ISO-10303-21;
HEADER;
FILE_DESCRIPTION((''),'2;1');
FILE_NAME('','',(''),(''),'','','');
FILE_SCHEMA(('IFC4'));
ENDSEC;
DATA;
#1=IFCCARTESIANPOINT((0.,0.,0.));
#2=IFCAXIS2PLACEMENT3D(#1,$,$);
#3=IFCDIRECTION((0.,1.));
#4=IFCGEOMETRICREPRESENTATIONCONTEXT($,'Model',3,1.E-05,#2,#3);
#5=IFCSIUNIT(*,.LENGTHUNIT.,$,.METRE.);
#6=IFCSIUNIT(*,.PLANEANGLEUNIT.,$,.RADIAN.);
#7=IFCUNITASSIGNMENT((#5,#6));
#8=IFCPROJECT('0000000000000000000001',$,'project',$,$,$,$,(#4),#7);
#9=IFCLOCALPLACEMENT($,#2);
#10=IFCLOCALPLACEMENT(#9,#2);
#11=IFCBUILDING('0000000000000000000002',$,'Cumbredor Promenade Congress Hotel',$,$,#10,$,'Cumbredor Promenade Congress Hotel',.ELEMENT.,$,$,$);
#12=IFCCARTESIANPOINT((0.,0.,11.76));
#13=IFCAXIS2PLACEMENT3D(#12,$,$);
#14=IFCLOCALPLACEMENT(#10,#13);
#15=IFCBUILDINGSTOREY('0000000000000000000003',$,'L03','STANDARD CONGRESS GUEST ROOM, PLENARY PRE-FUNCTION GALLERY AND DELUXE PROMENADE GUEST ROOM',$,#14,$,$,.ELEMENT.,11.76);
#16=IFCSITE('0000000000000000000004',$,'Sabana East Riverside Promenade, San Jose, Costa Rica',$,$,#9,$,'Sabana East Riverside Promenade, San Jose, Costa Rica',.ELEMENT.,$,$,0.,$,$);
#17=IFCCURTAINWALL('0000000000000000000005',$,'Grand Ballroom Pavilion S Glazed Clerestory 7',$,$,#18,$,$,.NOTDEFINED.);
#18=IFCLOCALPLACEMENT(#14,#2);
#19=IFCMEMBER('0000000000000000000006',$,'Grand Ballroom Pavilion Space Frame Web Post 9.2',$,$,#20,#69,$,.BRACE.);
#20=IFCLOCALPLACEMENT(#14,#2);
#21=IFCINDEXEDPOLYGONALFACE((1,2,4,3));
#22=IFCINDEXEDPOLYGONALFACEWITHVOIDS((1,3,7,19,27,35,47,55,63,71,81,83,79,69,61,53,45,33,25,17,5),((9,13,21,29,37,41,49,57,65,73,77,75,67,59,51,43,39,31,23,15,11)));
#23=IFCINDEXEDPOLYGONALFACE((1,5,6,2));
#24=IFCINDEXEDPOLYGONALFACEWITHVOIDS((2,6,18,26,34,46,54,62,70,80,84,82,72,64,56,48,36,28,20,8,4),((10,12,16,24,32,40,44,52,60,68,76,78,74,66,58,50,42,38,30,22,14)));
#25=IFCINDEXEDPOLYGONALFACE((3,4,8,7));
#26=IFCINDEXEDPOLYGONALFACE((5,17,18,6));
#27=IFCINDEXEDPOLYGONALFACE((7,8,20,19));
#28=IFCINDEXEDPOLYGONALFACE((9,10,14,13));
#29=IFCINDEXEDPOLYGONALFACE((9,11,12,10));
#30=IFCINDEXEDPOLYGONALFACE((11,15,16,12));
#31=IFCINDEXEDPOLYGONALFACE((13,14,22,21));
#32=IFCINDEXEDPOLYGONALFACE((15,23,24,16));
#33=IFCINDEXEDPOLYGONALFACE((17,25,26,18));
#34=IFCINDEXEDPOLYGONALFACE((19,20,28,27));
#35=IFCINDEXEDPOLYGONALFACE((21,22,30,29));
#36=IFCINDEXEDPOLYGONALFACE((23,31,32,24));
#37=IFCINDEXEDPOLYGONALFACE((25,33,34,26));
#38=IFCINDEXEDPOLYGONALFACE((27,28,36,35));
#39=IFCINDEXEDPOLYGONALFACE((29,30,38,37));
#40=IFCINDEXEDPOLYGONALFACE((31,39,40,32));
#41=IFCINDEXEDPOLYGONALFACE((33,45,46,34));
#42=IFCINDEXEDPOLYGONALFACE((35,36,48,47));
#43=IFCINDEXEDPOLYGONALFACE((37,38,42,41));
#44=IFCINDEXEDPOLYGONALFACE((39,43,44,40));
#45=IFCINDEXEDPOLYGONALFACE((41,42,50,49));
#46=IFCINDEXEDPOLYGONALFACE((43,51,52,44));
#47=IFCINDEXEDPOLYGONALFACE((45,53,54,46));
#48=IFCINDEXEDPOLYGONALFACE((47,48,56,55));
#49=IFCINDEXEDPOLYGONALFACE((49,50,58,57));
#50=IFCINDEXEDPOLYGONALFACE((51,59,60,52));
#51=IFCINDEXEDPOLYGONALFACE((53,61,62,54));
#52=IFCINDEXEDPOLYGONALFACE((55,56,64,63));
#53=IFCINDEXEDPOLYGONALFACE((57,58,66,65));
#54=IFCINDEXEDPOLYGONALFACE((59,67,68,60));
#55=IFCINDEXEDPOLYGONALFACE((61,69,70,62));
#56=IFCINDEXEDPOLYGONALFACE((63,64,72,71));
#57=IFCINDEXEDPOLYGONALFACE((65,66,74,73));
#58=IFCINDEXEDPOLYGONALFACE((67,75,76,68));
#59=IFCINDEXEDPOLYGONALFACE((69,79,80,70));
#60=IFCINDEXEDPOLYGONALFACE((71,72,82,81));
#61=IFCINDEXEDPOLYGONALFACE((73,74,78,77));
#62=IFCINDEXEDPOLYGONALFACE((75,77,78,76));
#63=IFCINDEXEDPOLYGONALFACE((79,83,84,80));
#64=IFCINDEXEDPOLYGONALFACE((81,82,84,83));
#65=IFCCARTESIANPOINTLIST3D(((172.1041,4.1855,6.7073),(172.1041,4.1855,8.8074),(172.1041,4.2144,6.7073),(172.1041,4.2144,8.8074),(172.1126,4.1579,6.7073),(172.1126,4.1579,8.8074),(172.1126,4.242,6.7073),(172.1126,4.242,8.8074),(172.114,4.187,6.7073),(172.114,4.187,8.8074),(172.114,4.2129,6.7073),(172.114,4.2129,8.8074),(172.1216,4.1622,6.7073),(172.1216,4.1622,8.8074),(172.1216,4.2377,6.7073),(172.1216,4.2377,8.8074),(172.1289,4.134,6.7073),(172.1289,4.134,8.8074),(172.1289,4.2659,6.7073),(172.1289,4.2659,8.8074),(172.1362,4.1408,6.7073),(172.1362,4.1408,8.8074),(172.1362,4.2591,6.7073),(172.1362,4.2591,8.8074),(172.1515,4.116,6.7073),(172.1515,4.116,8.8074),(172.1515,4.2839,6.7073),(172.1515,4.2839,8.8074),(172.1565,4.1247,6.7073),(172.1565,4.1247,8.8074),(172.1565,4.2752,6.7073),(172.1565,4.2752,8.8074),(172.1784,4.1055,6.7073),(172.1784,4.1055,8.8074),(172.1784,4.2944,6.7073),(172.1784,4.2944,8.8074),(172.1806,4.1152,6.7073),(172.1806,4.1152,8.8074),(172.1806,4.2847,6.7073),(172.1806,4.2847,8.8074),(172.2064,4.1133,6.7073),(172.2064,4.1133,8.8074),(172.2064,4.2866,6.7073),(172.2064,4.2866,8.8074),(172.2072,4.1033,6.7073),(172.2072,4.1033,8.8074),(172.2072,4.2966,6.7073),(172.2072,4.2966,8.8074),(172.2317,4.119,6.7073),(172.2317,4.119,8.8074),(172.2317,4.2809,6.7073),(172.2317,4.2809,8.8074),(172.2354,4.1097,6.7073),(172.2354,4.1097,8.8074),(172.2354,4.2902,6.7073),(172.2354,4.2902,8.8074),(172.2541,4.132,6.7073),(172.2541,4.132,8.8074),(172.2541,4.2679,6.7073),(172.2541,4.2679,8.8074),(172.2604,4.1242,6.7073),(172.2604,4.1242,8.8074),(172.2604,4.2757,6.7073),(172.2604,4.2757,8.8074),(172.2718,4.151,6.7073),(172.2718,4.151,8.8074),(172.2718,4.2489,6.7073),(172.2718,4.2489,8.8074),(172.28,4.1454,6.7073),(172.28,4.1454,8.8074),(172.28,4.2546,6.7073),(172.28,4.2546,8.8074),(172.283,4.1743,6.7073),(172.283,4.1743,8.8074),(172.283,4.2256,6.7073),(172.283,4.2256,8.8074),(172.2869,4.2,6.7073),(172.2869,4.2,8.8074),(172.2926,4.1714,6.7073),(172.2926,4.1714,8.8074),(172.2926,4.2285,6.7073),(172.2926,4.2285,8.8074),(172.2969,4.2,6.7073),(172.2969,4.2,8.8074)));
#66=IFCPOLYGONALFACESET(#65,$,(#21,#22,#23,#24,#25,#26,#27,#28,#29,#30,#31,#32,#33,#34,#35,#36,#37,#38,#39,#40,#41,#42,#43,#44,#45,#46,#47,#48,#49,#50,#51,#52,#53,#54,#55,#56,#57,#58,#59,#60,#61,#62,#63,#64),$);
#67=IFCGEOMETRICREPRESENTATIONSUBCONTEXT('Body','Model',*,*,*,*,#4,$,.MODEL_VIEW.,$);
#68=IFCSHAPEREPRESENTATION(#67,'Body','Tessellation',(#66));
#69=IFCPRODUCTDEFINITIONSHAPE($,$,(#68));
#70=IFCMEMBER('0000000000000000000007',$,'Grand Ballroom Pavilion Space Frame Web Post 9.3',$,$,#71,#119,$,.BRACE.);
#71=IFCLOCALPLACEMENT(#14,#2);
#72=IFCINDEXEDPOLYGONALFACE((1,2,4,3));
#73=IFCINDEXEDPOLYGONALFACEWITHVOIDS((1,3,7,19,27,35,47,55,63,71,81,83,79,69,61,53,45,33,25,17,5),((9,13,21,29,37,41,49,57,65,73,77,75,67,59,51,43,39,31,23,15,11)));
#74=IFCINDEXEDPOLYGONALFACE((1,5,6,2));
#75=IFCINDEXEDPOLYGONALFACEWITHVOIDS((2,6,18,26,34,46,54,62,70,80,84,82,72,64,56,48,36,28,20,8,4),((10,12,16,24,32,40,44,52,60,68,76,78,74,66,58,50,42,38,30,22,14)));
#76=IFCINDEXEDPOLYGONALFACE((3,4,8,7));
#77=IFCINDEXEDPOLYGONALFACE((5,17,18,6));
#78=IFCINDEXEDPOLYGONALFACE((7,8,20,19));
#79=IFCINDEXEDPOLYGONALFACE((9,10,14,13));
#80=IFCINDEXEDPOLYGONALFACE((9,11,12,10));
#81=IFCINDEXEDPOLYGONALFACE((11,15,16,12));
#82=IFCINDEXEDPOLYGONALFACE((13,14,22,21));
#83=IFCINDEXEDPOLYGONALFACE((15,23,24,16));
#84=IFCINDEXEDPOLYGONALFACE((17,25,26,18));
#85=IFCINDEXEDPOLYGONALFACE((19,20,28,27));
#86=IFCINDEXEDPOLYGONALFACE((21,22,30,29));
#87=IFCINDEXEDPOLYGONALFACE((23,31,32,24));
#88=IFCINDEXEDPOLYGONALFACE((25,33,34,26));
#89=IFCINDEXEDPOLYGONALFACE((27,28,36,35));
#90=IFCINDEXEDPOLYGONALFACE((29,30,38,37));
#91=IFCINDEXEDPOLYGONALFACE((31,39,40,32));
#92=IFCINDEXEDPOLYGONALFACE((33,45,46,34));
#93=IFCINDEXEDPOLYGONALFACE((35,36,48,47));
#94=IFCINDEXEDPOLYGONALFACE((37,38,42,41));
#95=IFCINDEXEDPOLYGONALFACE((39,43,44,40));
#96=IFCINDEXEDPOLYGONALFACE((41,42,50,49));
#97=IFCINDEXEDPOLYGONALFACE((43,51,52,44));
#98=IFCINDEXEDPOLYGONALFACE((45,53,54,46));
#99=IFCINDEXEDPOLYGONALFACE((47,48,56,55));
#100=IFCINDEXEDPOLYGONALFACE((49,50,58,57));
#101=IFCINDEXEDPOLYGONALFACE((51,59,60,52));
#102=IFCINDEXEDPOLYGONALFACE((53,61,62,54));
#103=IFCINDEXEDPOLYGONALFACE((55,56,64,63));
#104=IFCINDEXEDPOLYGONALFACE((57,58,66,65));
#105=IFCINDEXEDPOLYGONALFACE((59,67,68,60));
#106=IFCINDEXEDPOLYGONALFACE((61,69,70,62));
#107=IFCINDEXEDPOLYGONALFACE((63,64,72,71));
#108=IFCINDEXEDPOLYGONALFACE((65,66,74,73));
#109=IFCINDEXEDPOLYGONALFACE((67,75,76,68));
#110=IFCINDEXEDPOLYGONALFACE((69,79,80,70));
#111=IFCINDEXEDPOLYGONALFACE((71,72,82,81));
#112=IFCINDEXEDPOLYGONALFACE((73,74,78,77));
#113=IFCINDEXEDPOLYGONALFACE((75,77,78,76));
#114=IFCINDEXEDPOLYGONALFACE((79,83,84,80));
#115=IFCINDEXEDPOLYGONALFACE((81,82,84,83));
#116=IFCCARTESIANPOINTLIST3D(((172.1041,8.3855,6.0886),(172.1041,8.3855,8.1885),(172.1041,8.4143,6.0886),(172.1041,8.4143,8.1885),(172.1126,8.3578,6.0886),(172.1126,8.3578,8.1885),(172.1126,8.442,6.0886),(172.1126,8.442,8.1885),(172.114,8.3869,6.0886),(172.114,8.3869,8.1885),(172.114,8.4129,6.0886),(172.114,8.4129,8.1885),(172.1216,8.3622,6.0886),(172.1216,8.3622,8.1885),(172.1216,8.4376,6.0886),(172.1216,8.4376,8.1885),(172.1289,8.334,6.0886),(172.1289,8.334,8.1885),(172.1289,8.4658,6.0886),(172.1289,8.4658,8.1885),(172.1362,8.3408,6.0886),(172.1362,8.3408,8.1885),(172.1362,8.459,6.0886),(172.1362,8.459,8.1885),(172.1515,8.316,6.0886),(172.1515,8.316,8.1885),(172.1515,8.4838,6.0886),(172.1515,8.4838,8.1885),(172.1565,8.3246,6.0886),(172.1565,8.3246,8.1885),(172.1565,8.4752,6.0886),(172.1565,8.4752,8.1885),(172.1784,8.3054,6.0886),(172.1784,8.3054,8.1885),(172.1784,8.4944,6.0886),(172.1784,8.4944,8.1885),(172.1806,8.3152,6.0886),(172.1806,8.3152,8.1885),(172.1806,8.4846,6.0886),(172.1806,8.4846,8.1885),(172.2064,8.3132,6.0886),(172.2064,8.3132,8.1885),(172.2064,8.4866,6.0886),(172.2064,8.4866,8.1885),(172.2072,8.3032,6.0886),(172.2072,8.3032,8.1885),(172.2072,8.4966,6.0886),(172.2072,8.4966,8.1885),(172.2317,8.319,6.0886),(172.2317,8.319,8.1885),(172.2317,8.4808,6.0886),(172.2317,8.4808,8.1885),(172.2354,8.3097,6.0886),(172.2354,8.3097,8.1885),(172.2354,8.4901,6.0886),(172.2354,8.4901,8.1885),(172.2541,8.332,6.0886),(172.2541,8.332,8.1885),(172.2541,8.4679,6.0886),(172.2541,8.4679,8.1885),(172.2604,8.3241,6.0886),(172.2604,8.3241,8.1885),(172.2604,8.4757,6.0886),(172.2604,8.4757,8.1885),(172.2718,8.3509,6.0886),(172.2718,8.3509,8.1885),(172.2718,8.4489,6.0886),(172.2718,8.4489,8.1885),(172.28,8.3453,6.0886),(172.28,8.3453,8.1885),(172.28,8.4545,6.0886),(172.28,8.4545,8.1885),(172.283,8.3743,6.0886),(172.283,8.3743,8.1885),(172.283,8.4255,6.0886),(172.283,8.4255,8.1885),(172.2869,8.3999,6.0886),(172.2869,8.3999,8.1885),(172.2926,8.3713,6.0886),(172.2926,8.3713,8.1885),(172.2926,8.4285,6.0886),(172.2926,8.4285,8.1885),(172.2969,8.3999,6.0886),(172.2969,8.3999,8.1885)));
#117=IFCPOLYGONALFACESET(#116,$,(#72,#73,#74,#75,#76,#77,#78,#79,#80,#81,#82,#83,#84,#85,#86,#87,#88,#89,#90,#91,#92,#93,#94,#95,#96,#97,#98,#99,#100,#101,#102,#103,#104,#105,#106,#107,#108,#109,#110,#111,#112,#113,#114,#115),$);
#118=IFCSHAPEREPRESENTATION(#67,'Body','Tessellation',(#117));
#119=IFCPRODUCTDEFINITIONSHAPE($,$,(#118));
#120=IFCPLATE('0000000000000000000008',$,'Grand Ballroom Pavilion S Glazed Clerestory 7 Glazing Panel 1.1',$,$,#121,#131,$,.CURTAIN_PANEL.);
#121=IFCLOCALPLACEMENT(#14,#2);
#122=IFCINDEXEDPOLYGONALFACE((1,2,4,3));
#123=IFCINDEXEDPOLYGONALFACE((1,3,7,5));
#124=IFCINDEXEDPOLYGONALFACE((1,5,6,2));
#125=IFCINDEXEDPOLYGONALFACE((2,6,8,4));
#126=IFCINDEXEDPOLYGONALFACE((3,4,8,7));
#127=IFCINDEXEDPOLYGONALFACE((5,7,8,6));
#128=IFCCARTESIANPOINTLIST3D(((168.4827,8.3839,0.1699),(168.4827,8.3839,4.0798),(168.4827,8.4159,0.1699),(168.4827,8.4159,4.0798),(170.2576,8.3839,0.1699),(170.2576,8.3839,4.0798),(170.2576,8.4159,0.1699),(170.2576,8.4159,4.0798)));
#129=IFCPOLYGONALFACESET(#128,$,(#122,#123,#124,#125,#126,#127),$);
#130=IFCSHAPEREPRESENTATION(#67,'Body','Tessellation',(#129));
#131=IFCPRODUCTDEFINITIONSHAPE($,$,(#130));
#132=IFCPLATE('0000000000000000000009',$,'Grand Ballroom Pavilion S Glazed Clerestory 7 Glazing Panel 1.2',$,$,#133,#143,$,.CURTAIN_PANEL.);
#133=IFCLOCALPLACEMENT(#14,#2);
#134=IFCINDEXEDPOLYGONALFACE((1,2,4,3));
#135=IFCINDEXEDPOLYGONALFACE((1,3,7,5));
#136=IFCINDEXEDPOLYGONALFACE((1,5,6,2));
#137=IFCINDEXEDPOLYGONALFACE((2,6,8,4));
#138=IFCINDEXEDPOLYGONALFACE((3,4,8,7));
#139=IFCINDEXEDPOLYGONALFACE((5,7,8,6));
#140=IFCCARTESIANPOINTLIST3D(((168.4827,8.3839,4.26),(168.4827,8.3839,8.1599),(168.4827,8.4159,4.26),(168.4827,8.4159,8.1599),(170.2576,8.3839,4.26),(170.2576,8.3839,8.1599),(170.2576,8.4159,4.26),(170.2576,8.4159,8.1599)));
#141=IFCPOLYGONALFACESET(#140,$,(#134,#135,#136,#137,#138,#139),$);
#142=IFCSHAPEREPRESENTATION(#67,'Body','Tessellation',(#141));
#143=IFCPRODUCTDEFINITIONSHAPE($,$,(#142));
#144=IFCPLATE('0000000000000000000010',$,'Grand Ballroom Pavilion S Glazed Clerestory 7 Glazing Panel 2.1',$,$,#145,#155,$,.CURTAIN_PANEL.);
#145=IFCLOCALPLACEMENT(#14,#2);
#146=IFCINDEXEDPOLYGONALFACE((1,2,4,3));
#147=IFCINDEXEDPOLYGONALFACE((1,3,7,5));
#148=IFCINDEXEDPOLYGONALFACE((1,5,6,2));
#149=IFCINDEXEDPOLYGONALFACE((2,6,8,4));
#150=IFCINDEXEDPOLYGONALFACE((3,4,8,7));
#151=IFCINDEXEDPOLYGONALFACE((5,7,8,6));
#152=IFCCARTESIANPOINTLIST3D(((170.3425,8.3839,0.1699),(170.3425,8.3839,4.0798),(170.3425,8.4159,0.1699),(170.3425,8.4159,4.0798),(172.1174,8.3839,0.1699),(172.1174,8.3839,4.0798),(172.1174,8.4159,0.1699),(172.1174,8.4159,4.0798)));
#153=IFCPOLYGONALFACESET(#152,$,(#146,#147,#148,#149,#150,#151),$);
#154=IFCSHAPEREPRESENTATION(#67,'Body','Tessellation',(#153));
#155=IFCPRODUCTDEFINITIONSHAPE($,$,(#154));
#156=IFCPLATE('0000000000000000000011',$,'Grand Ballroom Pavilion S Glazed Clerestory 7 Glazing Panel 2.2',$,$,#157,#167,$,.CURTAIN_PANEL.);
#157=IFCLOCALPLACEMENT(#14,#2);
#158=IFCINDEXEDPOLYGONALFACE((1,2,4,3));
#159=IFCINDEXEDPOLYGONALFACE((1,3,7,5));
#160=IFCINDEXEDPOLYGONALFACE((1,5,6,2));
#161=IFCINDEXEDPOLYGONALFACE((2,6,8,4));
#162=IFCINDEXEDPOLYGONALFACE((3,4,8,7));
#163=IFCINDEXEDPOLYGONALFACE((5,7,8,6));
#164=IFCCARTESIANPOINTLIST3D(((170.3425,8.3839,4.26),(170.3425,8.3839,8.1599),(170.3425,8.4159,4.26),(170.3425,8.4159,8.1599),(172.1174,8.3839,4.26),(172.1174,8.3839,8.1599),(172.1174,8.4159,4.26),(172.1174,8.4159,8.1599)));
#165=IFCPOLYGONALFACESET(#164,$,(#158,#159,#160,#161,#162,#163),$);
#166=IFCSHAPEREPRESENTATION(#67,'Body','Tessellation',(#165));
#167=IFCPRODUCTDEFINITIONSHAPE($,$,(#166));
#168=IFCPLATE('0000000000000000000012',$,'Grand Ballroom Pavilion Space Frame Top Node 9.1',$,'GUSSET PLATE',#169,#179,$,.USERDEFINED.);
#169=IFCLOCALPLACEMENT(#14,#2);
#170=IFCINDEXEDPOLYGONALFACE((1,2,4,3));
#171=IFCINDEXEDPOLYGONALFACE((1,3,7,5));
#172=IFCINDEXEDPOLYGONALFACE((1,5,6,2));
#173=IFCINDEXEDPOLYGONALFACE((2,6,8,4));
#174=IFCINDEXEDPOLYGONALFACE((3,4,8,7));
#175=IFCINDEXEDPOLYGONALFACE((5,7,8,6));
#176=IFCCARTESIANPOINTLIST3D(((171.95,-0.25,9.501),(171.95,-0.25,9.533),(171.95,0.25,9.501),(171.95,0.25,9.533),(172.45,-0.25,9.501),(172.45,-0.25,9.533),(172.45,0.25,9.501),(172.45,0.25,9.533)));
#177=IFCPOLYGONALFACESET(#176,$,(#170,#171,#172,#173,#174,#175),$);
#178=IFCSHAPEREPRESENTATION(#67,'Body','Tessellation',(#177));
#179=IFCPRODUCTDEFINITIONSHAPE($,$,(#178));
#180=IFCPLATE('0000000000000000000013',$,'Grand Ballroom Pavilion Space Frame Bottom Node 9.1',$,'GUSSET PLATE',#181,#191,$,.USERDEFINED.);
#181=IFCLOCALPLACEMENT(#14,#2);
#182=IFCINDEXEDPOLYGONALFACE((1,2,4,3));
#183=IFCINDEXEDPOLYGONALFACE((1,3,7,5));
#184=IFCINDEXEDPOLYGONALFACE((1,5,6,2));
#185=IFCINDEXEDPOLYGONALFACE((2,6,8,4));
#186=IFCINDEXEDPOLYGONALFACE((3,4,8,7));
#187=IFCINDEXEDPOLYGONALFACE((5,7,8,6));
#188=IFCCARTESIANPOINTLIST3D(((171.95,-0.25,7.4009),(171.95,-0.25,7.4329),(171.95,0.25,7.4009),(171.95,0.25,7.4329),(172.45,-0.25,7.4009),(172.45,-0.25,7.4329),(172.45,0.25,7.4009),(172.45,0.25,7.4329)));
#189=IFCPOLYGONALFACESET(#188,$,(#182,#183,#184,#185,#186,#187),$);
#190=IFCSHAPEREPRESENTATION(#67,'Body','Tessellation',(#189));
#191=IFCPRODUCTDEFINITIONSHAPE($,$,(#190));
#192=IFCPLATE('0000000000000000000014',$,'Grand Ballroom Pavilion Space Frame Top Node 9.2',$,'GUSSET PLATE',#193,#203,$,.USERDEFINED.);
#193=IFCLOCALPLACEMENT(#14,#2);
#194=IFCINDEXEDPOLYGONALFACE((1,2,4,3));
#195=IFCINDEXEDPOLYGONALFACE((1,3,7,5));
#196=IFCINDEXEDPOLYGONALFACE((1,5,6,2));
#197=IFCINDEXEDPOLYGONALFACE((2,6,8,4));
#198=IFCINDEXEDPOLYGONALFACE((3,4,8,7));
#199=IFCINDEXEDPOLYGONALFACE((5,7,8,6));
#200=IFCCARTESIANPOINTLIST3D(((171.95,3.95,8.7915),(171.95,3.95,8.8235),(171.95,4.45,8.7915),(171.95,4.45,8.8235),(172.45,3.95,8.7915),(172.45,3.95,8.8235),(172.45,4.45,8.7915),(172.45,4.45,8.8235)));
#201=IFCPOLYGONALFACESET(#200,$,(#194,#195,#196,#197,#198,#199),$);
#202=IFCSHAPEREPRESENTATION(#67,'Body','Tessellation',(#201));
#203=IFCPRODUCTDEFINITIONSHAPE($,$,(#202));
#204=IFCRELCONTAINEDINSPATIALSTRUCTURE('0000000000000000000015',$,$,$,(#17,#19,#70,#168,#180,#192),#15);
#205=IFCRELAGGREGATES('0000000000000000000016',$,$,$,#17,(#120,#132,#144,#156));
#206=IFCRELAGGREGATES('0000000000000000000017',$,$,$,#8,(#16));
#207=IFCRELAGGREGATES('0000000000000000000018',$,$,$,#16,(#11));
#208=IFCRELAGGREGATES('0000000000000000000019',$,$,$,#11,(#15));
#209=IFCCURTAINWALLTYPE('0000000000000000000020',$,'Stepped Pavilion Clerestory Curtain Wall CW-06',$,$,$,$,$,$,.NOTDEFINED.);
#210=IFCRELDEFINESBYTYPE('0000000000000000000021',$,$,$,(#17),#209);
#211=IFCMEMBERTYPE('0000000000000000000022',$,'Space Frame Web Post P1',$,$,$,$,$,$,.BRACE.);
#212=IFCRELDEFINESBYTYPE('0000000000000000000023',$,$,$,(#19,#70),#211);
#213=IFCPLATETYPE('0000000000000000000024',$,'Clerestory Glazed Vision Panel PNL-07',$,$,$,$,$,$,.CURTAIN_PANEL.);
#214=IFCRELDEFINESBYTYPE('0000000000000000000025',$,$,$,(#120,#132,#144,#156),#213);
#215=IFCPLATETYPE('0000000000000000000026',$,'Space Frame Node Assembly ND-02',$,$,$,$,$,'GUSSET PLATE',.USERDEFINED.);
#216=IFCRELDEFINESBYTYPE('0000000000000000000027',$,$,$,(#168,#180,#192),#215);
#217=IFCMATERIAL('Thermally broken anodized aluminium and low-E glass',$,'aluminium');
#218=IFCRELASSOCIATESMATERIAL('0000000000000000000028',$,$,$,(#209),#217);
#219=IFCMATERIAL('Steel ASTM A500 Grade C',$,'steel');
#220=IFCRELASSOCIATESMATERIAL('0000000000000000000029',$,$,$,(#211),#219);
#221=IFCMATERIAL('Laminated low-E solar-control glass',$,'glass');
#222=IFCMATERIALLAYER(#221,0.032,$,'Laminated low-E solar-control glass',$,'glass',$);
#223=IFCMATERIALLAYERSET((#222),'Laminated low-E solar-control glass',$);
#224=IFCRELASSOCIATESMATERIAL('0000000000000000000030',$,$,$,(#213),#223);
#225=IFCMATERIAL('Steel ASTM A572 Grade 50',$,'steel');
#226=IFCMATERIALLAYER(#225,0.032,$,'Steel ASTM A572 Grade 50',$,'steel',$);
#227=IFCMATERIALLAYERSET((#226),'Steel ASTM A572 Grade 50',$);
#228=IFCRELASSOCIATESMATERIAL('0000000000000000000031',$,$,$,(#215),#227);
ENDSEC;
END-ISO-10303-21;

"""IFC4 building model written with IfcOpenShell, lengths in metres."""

from ifc_helpers import new_model, si_unit, direction, frame, origin, origin_2d, place, context, subcontext, project, spatial, rectangle, hollow_circle, extrude, material, layer, layer_set, material_profile, profile_set, type_object, element, aggregate, save


model = new_model("IFC4")

# Units and contexts
model_context = context("Model", 3, precision=1e-05, world=origin(), true_north=direction((0.0, 1.0)))
body_context = subcontext(model_context, "Body", "Model", "MODEL_VIEW")
ifc_project = project(units=[si_unit("LENGTHUNIT", "METRE"), si_unit("PLANEANGLEUNIT", "RADIAN")], contexts=[model_context])

# Site, building, storey
site_placement = place(None, origin())
site = spatial("IfcSite", under=ifc_project, at=site_placement, Name="Sabana East Riverside Promenade, San Jose, Costa Rica", LongName="Sabana East Riverside Promenade, San Jose, Costa Rica", CompositionType="ELEMENT", RefElevation=0.0)
building_placement = place(site_placement, origin())
building = spatial("IfcBuilding", under=site, at=building_placement, Name="Cumbredor Promenade Congress Hotel", LongName="Cumbredor Promenade Congress Hotel", CompositionType="ELEMENT")
storey_placement = place(building_placement, frame((0.0, 0.0, 11.76)))
storey = spatial("IfcBuildingStorey", under=building, at=storey_placement, Name="L03", Description="STANDARD CONGRESS GUEST ROOM, PLENARY PRE-FUNCTION GALLERY AND DELUXE PROMENADE GUEST ROOM", CompositionType="ELEMENT", Elevation=11.76)

# Shared definitions
ifc_material_1 = material(Name="Steel ASTM A500 Grade C", Category="steel")

# Curtain wall
ifc_material_2 = material(Name="Thermally broken anodized aluminium and low-E glass", Category="aluminium")
curtain_wall_type = type_object("IfcCurtainWallType", Name="Stepped Pavilion Clerestory Curtain Wall CW-06", PredefinedType="NOTDEFINED", material=ifc_material_2)
curtain_wall_placement = place(storey_placement, origin())
curtain_wall = element("IfcCurtainWall", 1, at=curtain_wall_placement, inside=storey, type_object=curtain_wall_type, Name="Grand Ballroom Pavilion S Glazed Clerestory 7", PredefinedType="NOTDEFINED")

# Members
ifc_material_profile_1 = material_profile(ifc_material_1, hollow_circle(Radius=0.0969, WallThickness=0.01, at=origin_2d()), Name="CHS 193.7x10")
ifc_profile_set_1 = profile_set([ifc_material_profile_1], Name="Steel ASTM A500 Grade C")
member_type_1 = type_object("IfcMemberType", Name="Space Frame Web Post P1", PredefinedType="BRACE", material=ifc_profile_set_1)
for number, where, z_axis, x_axis, name in (
    (2, (172.2, 4.2, 6.7073), (0.0, 0.0, 1.0), (1.0, 0.0, 0.0), "Grand Ballroom Pavilion Space Frame Web Post 9.2"),
):
    element("IfcMember", number, at=place(storey_placement, frame(where, z_axis=z_axis, x_axis=x_axis)), inside=storey, type_object=member_type_1, Name=name, PredefinedType="BRACE", context=body_context, shape_type="SweptSolid", body=[
        extrude(hollow_circle(Radius=0.0969, WallThickness=0.01, at=origin_2d()), origin(), (0.0, 0.0, 1.0), 2.1001),
    ])
member_1_placement = place(storey_placement, frame((172.2, 8.3999, 6.0886), z_axis=(0.0, 0.0, 1.0), x_axis=(1.0, 0.0, 0.0)))
element("IfcMember", 3, at=member_1_placement, inside=storey, type_object=member_type_1, Name="Grand Ballroom Pavilion Space Frame Web Post 9.3", PredefinedType="BRACE", context=body_context, shape_type="SweptSolid", body=[
    extrude(hollow_circle(Radius=0.0969, WallThickness=0.01, at=origin_2d()), origin(), (0.0, 0.0, 1.0), 2.0999),
])

# Plates
ifc_material_3 = material(Name="Laminated low-E solar-control glass", Category="glass")
ifc_layer_1 = layer(ifc_material_3, 0.032, Name="Laminated low-E solar-control glass", Category="glass")
ifc_layer_set_1 = layer_set([ifc_layer_1], Name="Laminated low-E solar-control glass")
plate_type_1 = type_object("IfcPlateType", Name="Clerestory Glazed Vision Panel PNL-07", PredefinedType="CURTAIN_PANEL", material=ifc_layer_set_1)
plate_1_placement = place(storey_placement, frame((169.3701, 8.3999, 0.1699), z_axis=(0.0, 0.0, 1.0), x_axis=(1.0, 0.0, 0.0)))
plate_1 = element("IfcPlate", 4, at=plate_1_placement, type_object=plate_type_1, Name="Grand Ballroom Pavilion S Glazed Clerestory 7 Glazing Panel 1.1", PredefinedType="CURTAIN_PANEL", context=body_context, shape_type="SweptSolid", body=[
    extrude(rectangle(XDim=1.7749, YDim=0.032, at=origin_2d()), origin(), (0.0, 0.0, 1.0), 3.9099),
])
plate_2_placement = place(storey_placement, frame((169.3701, 8.3999, 4.26), z_axis=(0.0, 0.0, 1.0), x_axis=(1.0, 0.0, 0.0)))
plate_2 = element("IfcPlate", 5, at=plate_2_placement, type_object=plate_type_1, Name="Grand Ballroom Pavilion S Glazed Clerestory 7 Glazing Panel 1.2", PredefinedType="CURTAIN_PANEL", context=body_context, shape_type="SweptSolid", body=[
    extrude(rectangle(XDim=1.7749, YDim=0.032, at=origin_2d()), origin(), (0.0, 0.0, 1.0), 3.8999),
])
plate_3_placement = place(storey_placement, frame((171.23, 8.3999, 0.1699), z_axis=(0.0, 0.0, 1.0), x_axis=(1.0, 0.0, 0.0)))
plate_3 = element("IfcPlate", 6, at=plate_3_placement, type_object=plate_type_1, Name="Grand Ballroom Pavilion S Glazed Clerestory 7 Glazing Panel 2.1", PredefinedType="CURTAIN_PANEL", context=body_context, shape_type="SweptSolid", body=[
    extrude(rectangle(XDim=1.7749, YDim=0.032, at=origin_2d()), origin(), (0.0, 0.0, 1.0), 3.9099),
])
plate_4_placement = place(storey_placement, frame((171.23, 8.3999, 4.26), z_axis=(0.0, 0.0, 1.0), x_axis=(1.0, 0.0, 0.0)))
plate_4 = element("IfcPlate", 7, at=plate_4_placement, type_object=plate_type_1, Name="Grand Ballroom Pavilion S Glazed Clerestory 7 Glazing Panel 2.2", PredefinedType="CURTAIN_PANEL", context=body_context, shape_type="SweptSolid", body=[
    extrude(rectangle(XDim=1.7749, YDim=0.032, at=origin_2d()), origin(), (0.0, 0.0, 1.0), 3.8999),
])
aggregate(curtain_wall, [plate_1, plate_2, plate_3, plate_4])

# Plates
ifc_material_4 = material(Name="Steel ASTM A572 Grade 50", Category="steel")
ifc_layer_2 = layer(ifc_material_4, 0.032, Name="Steel ASTM A572 Grade 50", Category="steel")
ifc_layer_set_2 = layer_set([ifc_layer_2], Name="Steel ASTM A572 Grade 50")
plate_type_2 = type_object("IfcPlateType", Name="Space Frame Node Assembly ND-02", ElementType="GUSSET PLATE", PredefinedType="USERDEFINED", material=ifc_layer_set_2)
for number, where, z_axis, x_axis, name in (
    (8, (172.2, 0.0, 9.501), (0.0, 0.0, 1.0), (1.0, 0.0, 0.0), "Grand Ballroom Pavilion Space Frame Top Node 9.1"),
    (9, (172.2, 0.0, 7.4009), (0.0, 0.0, 1.0), (1.0, 0.0, 0.0), "Grand Ballroom Pavilion Space Frame Bottom Node 9.1"),
    (10, (172.2, 4.2, 8.7915), (0.0, 0.0, 1.0), (1.0, 0.0, 0.0), "Grand Ballroom Pavilion Space Frame Top Node 9.2"),
):
    element("IfcPlate", number, at=place(storey_placement, frame(where, z_axis=z_axis, x_axis=x_axis)), inside=storey, type_object=plate_type_2, Name=name, ObjectType="GUSSET PLATE", PredefinedType="USERDEFINED", context=body_context, shape_type="SweptSolid", body=[
        extrude(rectangle(XDim=0.5, YDim=0.5, at=origin_2d()), origin(), (0.0, 0.0, 1.0), 0.032),
    ])

save(model, "model.ifc")
